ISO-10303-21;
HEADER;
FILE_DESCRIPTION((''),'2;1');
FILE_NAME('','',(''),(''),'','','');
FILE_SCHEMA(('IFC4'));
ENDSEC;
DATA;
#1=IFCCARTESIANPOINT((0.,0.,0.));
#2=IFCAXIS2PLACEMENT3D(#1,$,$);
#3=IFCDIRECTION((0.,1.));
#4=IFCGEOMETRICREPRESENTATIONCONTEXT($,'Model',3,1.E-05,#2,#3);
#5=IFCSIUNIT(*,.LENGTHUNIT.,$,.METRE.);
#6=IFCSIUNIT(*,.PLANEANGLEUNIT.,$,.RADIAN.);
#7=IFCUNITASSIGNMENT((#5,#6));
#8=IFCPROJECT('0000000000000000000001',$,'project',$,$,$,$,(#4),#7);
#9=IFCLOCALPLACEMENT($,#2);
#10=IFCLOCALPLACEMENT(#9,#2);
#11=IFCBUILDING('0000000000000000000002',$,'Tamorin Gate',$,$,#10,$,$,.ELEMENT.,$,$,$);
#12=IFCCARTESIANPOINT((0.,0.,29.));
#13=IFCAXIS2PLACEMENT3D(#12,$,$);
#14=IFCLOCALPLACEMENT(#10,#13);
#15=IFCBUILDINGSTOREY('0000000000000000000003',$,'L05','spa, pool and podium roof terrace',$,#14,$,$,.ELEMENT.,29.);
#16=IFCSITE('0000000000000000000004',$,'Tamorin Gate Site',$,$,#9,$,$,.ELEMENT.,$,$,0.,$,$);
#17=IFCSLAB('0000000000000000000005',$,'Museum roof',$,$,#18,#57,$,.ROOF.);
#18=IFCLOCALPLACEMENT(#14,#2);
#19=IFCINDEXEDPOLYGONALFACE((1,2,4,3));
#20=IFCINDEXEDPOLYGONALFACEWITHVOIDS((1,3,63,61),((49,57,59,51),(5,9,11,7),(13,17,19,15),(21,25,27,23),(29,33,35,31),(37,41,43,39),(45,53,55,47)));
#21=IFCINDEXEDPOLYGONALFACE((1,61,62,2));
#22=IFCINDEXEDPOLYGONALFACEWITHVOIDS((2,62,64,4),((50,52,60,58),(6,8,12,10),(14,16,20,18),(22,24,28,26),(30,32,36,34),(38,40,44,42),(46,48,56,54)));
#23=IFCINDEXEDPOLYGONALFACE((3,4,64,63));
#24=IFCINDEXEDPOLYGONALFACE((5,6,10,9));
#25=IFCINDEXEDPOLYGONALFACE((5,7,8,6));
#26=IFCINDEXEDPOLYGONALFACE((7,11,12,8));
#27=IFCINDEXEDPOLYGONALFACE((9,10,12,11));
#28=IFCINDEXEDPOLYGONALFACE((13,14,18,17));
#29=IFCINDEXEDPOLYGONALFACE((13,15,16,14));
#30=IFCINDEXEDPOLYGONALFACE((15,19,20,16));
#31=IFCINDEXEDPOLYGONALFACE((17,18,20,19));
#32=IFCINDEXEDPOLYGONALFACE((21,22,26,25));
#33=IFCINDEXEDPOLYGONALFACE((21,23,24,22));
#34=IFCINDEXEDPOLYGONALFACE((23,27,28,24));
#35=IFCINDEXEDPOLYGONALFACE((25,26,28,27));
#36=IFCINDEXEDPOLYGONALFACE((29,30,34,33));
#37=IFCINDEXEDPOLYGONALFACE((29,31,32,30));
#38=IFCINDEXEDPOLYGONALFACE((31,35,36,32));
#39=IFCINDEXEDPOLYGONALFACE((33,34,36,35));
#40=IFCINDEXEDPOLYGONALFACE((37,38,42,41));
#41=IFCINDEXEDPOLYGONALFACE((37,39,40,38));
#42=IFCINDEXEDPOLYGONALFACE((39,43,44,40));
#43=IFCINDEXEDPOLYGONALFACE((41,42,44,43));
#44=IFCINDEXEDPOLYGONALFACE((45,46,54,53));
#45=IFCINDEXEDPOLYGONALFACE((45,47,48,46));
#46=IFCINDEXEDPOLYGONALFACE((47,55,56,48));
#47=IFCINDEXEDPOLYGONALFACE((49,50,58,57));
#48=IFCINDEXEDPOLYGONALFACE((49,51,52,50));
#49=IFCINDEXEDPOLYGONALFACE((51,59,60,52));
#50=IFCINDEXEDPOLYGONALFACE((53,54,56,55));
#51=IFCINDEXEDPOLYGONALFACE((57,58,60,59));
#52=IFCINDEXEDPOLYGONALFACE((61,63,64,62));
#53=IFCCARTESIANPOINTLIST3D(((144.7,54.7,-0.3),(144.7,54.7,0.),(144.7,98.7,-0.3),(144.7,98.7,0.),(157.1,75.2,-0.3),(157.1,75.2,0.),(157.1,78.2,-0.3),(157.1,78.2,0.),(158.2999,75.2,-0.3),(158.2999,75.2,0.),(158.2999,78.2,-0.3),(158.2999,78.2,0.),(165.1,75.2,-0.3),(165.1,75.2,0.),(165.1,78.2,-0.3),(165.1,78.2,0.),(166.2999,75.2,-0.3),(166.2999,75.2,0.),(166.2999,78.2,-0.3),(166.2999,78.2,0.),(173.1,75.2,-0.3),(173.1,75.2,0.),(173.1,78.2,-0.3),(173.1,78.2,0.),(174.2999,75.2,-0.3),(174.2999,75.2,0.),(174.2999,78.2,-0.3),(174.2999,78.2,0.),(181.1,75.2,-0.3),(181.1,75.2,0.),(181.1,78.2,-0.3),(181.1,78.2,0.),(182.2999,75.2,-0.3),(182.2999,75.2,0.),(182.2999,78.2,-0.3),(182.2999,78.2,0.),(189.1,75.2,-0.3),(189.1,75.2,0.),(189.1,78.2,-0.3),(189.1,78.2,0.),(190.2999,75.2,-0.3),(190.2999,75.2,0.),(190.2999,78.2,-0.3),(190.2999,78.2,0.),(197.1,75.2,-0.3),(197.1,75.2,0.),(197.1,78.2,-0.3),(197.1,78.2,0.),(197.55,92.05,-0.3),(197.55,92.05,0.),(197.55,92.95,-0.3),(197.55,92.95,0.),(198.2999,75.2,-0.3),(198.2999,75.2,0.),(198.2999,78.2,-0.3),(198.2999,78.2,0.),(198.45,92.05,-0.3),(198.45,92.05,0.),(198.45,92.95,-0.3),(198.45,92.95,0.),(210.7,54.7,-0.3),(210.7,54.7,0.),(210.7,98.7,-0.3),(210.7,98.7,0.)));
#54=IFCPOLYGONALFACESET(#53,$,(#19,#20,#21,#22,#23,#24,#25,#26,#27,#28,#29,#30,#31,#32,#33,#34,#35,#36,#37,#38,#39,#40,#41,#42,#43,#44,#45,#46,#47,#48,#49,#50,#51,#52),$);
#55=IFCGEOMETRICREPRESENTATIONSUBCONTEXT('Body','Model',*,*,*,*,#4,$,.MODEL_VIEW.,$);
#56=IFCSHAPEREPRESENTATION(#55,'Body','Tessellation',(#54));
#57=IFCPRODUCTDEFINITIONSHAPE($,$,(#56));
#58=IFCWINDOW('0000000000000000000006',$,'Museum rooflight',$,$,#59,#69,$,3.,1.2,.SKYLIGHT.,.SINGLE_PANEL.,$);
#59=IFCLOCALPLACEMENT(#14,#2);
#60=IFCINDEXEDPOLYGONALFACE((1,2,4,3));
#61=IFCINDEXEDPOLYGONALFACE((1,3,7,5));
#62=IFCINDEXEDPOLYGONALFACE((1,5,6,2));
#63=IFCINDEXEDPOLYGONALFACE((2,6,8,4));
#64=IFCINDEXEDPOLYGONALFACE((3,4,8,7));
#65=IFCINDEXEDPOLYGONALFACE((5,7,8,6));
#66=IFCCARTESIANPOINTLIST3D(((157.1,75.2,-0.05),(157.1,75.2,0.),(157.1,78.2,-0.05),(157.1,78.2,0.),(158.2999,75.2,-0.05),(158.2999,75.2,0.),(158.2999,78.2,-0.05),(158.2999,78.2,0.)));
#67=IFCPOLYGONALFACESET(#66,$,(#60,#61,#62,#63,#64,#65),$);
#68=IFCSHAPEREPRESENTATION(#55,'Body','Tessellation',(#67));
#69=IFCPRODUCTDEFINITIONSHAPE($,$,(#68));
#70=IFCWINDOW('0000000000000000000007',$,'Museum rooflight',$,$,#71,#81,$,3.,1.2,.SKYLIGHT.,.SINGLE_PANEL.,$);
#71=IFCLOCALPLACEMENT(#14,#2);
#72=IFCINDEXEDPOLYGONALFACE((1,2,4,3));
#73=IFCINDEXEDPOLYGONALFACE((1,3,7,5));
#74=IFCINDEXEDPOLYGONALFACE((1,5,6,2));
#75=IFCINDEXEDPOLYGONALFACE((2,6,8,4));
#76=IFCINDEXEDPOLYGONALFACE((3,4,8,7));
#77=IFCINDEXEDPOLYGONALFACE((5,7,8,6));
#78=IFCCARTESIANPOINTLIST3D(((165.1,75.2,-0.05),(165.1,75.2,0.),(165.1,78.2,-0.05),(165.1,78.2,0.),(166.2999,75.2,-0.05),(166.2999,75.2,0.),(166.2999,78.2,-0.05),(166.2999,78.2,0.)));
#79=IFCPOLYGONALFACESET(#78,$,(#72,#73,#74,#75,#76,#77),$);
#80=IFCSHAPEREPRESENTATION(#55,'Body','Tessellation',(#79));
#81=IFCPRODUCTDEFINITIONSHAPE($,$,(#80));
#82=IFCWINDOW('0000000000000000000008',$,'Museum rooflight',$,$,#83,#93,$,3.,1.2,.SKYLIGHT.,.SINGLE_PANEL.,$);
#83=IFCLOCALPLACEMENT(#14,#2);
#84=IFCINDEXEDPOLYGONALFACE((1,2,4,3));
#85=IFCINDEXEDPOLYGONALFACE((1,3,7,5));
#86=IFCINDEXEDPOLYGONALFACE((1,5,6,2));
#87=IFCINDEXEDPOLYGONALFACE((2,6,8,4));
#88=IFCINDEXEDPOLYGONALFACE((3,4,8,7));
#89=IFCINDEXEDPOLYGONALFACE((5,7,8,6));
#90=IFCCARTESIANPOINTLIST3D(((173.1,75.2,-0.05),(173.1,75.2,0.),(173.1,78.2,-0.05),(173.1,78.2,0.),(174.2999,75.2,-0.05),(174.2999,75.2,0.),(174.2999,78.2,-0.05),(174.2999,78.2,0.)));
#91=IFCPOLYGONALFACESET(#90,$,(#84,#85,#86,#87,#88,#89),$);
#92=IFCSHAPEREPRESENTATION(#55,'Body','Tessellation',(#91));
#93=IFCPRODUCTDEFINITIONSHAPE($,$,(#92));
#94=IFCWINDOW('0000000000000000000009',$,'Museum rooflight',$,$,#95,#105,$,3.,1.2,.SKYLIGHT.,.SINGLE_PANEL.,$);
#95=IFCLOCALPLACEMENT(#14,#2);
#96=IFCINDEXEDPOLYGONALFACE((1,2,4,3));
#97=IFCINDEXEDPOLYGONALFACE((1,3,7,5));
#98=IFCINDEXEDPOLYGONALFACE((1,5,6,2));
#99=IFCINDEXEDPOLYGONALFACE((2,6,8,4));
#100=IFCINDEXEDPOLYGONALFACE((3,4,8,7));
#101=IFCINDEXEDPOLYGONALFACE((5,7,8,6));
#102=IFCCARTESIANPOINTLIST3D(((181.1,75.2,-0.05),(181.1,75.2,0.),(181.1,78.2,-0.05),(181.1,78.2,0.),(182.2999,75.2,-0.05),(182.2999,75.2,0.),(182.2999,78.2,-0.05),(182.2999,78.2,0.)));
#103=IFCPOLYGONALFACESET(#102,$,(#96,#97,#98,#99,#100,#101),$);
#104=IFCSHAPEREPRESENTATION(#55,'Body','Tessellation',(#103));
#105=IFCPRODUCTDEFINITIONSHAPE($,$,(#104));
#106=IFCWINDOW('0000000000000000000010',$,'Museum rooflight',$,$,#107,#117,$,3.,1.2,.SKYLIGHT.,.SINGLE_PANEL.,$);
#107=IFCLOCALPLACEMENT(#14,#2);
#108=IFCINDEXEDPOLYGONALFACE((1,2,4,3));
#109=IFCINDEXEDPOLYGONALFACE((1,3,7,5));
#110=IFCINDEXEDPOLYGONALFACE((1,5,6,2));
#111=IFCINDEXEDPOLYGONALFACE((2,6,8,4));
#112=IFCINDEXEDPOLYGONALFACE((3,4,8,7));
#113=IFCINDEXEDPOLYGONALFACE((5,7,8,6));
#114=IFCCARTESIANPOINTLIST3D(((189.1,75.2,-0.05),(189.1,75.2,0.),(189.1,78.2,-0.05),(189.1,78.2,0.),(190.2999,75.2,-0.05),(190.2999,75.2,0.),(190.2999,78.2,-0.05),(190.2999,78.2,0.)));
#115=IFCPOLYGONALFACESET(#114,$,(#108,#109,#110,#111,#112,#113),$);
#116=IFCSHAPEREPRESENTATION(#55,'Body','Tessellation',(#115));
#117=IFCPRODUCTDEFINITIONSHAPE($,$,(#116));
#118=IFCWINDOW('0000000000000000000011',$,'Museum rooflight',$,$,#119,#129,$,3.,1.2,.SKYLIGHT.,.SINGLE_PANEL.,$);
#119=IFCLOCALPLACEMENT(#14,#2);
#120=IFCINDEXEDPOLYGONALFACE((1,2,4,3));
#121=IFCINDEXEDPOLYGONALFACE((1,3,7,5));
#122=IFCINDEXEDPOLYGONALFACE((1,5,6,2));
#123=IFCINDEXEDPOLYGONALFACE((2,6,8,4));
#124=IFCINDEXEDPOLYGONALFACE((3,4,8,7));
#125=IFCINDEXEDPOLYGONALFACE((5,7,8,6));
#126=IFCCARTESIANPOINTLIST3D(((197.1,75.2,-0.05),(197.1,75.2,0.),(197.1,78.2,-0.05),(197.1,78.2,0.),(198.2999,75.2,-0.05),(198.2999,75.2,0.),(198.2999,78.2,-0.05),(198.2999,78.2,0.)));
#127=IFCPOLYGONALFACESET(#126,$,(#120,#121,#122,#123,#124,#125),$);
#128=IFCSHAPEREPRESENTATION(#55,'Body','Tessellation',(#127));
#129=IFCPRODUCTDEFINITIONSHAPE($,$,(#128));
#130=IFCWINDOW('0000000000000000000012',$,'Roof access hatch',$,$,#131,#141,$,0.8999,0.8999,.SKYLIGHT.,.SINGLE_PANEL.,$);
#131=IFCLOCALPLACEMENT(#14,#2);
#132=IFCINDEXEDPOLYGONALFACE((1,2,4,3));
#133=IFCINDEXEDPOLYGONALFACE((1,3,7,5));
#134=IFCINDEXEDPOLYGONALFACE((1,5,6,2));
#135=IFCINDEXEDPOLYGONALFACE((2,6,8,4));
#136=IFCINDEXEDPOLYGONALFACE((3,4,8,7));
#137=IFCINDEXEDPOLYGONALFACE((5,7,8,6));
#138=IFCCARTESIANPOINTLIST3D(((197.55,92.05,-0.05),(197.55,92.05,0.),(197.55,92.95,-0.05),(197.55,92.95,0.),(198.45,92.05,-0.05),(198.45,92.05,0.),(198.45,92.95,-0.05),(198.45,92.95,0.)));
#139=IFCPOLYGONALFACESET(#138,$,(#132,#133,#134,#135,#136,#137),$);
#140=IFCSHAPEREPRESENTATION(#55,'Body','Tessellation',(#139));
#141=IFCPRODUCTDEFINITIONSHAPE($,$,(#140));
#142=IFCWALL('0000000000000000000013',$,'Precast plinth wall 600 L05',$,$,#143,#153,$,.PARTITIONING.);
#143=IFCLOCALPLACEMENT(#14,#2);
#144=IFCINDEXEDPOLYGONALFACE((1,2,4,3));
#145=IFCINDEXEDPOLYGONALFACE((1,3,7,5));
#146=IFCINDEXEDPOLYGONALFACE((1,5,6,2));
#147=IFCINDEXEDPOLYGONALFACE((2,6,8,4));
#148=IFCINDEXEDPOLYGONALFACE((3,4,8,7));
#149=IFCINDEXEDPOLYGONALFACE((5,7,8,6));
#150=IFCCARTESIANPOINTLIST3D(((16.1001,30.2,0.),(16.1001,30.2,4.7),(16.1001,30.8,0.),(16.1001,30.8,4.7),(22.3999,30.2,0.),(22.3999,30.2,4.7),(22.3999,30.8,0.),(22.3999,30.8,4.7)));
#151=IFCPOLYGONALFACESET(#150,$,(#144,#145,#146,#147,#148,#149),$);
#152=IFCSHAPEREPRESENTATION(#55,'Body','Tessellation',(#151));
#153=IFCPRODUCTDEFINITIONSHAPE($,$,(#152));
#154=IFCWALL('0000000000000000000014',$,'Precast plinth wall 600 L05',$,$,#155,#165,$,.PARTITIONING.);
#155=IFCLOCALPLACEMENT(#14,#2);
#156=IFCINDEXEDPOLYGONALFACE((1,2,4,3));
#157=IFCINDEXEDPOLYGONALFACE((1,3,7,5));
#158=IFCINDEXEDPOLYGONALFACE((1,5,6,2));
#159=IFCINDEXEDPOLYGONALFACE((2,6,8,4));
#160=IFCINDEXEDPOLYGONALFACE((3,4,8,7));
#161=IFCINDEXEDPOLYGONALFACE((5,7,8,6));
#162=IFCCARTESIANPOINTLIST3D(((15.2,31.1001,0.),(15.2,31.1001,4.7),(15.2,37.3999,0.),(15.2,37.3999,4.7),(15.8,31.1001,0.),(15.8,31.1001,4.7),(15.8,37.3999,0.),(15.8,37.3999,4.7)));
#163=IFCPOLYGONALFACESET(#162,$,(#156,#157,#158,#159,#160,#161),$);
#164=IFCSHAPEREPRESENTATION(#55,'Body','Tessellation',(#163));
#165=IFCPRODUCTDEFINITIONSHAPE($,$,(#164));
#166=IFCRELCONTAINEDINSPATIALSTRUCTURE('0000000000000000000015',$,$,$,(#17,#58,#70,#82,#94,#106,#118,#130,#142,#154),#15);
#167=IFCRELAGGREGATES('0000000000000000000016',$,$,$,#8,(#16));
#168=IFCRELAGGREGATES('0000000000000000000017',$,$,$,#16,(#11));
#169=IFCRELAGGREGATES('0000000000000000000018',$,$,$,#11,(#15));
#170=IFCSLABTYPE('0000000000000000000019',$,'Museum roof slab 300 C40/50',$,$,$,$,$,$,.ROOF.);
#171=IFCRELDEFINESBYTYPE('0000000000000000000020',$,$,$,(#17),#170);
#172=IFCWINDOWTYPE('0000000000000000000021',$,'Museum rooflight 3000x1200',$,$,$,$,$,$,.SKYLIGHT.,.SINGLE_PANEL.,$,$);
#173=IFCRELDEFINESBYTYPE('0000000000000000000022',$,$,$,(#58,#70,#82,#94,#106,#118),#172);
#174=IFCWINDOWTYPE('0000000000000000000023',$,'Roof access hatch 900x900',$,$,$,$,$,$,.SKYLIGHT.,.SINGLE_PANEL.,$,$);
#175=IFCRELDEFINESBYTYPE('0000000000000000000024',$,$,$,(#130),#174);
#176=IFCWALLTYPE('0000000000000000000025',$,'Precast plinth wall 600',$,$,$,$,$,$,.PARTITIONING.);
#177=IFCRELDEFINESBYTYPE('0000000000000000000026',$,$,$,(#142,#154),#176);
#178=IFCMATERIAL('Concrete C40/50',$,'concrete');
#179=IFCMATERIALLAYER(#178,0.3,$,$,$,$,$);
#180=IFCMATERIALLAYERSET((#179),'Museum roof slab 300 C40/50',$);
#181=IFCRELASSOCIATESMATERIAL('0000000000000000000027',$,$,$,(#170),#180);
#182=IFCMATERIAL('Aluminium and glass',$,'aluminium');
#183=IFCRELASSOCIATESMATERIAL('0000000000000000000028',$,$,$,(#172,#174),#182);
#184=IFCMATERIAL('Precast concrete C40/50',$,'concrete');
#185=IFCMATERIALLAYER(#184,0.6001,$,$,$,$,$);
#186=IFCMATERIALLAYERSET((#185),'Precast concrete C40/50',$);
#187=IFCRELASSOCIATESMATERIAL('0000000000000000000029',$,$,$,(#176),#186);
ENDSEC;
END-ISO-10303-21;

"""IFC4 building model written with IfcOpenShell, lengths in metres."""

from ifc_helpers import new_model, si_unit, direction, frame, frame_2d, origin, origin_2d, place, context, subcontext, project, spatial, polyline, rectangle, outline, extrude, material, layer, layer_set, type_object, element, fill, save


model = new_model("IFC4")

# Units and contexts
model_context = context("Model", 3, precision=1e-05, world=origin(), true_north=direction((0.0, 1.0)))
body_context = subcontext(model_context, "Body", "Model", "MODEL_VIEW")
ifc_project = project(units=[si_unit("LENGTHUNIT", "METRE"), si_unit("PLANEANGLEUNIT", "RADIAN")], contexts=[model_context])

# Site, building, storey
site_placement = place(None, origin())
site = spatial("IfcSite", under=ifc_project, at=site_placement, Name="Tamorin Gate Site", CompositionType="ELEMENT", RefElevation=0.0)
building_placement = place(site_placement, origin())
building = spatial("IfcBuilding", under=site, at=building_placement, Name="Tamorin Gate", CompositionType="ELEMENT")
storey_placement = place(building_placement, frame((0.0, 0.0, 29.0)))
storey = spatial("IfcBuildingStorey", under=building, at=storey_placement, Name="L05", Description="spa, pool and podium roof terrace", CompositionType="ELEMENT", Elevation=29.0)

# Slab, openings, windows
ifc_material_1 = material(Name="Concrete C40/50", Category="concrete")
ifc_layer_1 = layer(ifc_material_1, 0.3)
ifc_layer_set_1 = layer_set([ifc_layer_1], Name="Museum roof slab 300 C40/50")
slab_type = type_object("IfcSlabType", Name="Museum roof slab 300 C40/50", PredefinedType="ROOF", material=ifc_layer_set_1)
slab_placement = place(storey_placement, frame((0.0, 0.0, -0.3)))
slab = element("IfcSlab", 1, at=slab_placement, inside=storey, type_object=slab_type, Name="Museum roof", PredefinedType="ROOF", context=body_context, shape_type="SweptSolid", body=[
    extrude(outline(polyline([(210.7, 54.7), (210.7, 98.7), (144.7, 98.7), (144.7, 54.7), (210.7, 54.7)])), origin(), (0.0, 0.0, 1.0), 0.3),
])
opening_1_placement = place(slab_placement, frame((157.7, 76.7, 0.0)))
opening_1 = element("IfcOpeningElement", 2, at=opening_1_placement, cuts=slab, PredefinedType="OPENING", context=body_context, shape_type="SweptSolid", body=[
    extrude(rectangle(XDim=1.2, YDim=3.0, at=origin_2d()), origin(), (0.0, 0.0, 1.0), 0.3),
])
opening_2_placement = place(slab_placement, frame((165.7, 76.7, 0.0)))
opening_2 = element("IfcOpeningElement", 3, at=opening_2_placement, cuts=slab, PredefinedType="OPENING", context=body_context, shape_type="SweptSolid", body=[
    extrude(rectangle(XDim=1.2, YDim=3.0, at=origin_2d()), origin(), (0.0, 0.0, 1.0), 0.3),
])
opening_3_placement = place(slab_placement, frame((173.7, 76.7, 0.0)))
opening_3 = element("IfcOpeningElement", 4, at=opening_3_placement, cuts=slab, PredefinedType="OPENING", context=body_context, shape_type="SweptSolid", body=[
    extrude(rectangle(XDim=1.2, YDim=3.0, at=origin_2d()), origin(), (0.0, 0.0, 1.0), 0.3),
])
opening_4_placement = place(slab_placement, frame((181.7, 76.7, 0.0)))
opening_4 = element("IfcOpeningElement", 5, at=opening_4_placement, cuts=slab, PredefinedType="OPENING", context=body_context, shape_type="SweptSolid", body=[
    extrude(rectangle(XDim=1.2, YDim=3.0, at=origin_2d()), origin(), (0.0, 0.0, 1.0), 0.3),
])
opening_5_placement = place(slab_placement, frame((189.7, 76.7, 0.0)))
opening_5 = element("IfcOpeningElement", 6, at=opening_5_placement, cuts=slab, PredefinedType="OPENING", context=body_context, shape_type="SweptSolid", body=[
    extrude(rectangle(XDim=1.2, YDim=3.0, at=origin_2d()), origin(), (0.0, 0.0, 1.0), 0.3),
])
opening_6_placement = place(slab_placement, frame((197.7, 76.7, 0.0)))
opening_6 = element("IfcOpeningElement", 7, at=opening_6_placement, cuts=slab, PredefinedType="OPENING", context=body_context, shape_type="SweptSolid", body=[
    extrude(rectangle(XDim=1.2, YDim=3.0, at=origin_2d()), origin(), (0.0, 0.0, 1.0), 0.3),
])
opening_7_placement = place(slab_placement, frame((198.0, 92.5, 0.0)))
opening_7 = element("IfcOpeningElement", 8, at=opening_7_placement, cuts=slab, PredefinedType="OPENING", context=body_context, shape_type="SweptSolid", body=[
    extrude(rectangle(XDim=0.8999, YDim=0.8999, at=origin_2d()), origin(), (0.0, 0.0, 1.0), 0.3),
])
ifc_material_2 = material(Name="Aluminium and glass", Category="aluminium")
window_type_1 = type_object("IfcWindowType", Name="Museum rooflight 3000x1200", PartitioningType="SINGLE_PANEL", PredefinedType="SKYLIGHT", material=ifc_material_2)
window_1_placement = place(opening_1_placement, frame((0.0, 0.0, 0.25)))
window_1 = element("IfcWindow", 9, at=window_1_placement, inside=storey, type_object=window_type_1, Name="Museum rooflight", OverallHeight=3.0, OverallWidth=1.2, PartitioningType="SINGLE_PANEL", PredefinedType="SKYLIGHT", context=body_context, shape_type="SweptSolid", body=[
    extrude(rectangle(XDim=1.2, YDim=3.0, at=origin_2d()), origin(), (0.0, 0.0, 1.0), 0.05),
])
fill(opening_1, window_1)
window_2_placement = place(opening_2_placement, frame((0.0, 0.0, 0.25)))
window_2 = element("IfcWindow", 10, at=window_2_placement, inside=storey, type_object=window_type_1, Name="Museum rooflight", OverallHeight=3.0, OverallWidth=1.2, PartitioningType="SINGLE_PANEL", PredefinedType="SKYLIGHT", context=body_context, shape_type="SweptSolid", body=[
    extrude(rectangle(XDim=1.2, YDim=3.0, at=origin_2d()), origin(), (0.0, 0.0, 1.0), 0.05),
])
fill(opening_2, window_2)
window_3_placement = place(opening_3_placement, frame((0.0, 0.0, 0.25)))
window_3 = element("IfcWindow", 11, at=window_3_placement, inside=storey, type_object=window_type_1, Name="Museum rooflight", OverallHeight=3.0, OverallWidth=1.2, PartitioningType="SINGLE_PANEL", PredefinedType="SKYLIGHT", context=body_context, shape_type="SweptSolid", body=[
    extrude(rectangle(XDim=1.2, YDim=3.0, at=origin_2d()), origin(), (0.0, 0.0, 1.0), 0.05),
])
fill(opening_3, window_3)
window_4_placement = place(opening_4_placement, frame((0.0, 0.0, 0.25)))
window_4 = element("IfcWindow", 12, at=window_4_placement, inside=storey, type_object=window_type_1, Name="Museum rooflight", OverallHeight=3.0, OverallWidth=1.2, PartitioningType="SINGLE_PANEL", PredefinedType="SKYLIGHT", context=body_context, shape_type="SweptSolid", body=[
    extrude(rectangle(XDim=1.2, YDim=3.0, at=origin_2d()), origin(), (0.0, 0.0, 1.0), 0.05),
])
fill(opening_4, window_4)
window_5_placement = place(opening_5_placement, frame((0.0, 0.0, 0.25)))
window_5 = element("IfcWindow", 13, at=window_5_placement, inside=storey, type_object=window_type_1, Name="Museum rooflight", OverallHeight=3.0, OverallWidth=1.2, PartitioningType="SINGLE_PANEL", PredefinedType="SKYLIGHT", context=body_context, shape_type="SweptSolid", body=[
    extrude(rectangle(XDim=1.2, YDim=3.0, at=origin_2d()), origin(), (0.0, 0.0, 1.0), 0.05),
])
fill(opening_5, window_5)
window_6_placement = place(opening_6_placement, frame((0.0, 0.0, 0.25)))
window_6 = element("IfcWindow", 14, at=window_6_placement, inside=storey, type_object=window_type_1, Name="Museum rooflight", OverallHeight=3.0, OverallWidth=1.2, PartitioningType="SINGLE_PANEL", PredefinedType="SKYLIGHT", context=body_context, shape_type="SweptSolid", body=[
    extrude(rectangle(XDim=1.2, YDim=3.0, at=origin_2d()), origin(), (0.0, 0.0, 1.0), 0.05),
])
fill(opening_6, window_6)
window_type_2 = type_object("IfcWindowType", Name="Roof access hatch 900x900", PartitioningType="SINGLE_PANEL", PredefinedType="SKYLIGHT", material=ifc_material_2)
window_7_placement = place(opening_7_placement, frame((0.0, 0.0, 0.25)))
window_7 = element("IfcWindow", 15, at=window_7_placement, inside=storey, type_object=window_type_2, Name="Roof access hatch", OverallHeight=0.8999, OverallWidth=0.8999, PartitioningType="SINGLE_PANEL", PredefinedType="SKYLIGHT", context=body_context, shape_type="SweptSolid", body=[
    extrude(rectangle(XDim=0.8999, YDim=0.8999, at=origin_2d()), origin(), (0.0, 0.0, 1.0), 0.05),
])
fill(opening_7, window_7)

# Walls
ifc_material_3 = material(Name="Precast concrete C40/50", Category="concrete")
ifc_layer_2 = layer(ifc_material_3, 0.6001)
ifc_layer_set_2 = layer_set([ifc_layer_2], Name="Precast concrete C40/50")
wall_type_1 = type_object("IfcWallType", Name="Precast plinth wall 600", PredefinedType="PARTITIONING", material=ifc_layer_set_2)
for number, where, z_axis, x_axis, name in (
    (16, (16.1001, 30.5, 0.0), (0.0, 0.0, 1.0), (1.0, 0.0, 0.0), "Precast plinth wall 600 L05"),
    (17, (15.5, 31.1001, 0.0), (0.0, 0.0, 1.0), (0.0, 1.0, 0.0), "Precast plinth wall 600 L05"),
):
    element("IfcWall", number, at=place(storey_placement, frame(where, z_axis=z_axis, x_axis=x_axis)), inside=storey, type_object=wall_type_1, Name=name, PredefinedType="PARTITIONING", context=body_context, shape_type="SweptSolid", body=[
        extrude(rectangle(XDim=6.2998, YDim=0.6001, at=frame_2d((3.1499, 0.0))), origin(), (0.0, 0.0, 1.0), 4.7),
    ])

save(model, "model.ifc")
